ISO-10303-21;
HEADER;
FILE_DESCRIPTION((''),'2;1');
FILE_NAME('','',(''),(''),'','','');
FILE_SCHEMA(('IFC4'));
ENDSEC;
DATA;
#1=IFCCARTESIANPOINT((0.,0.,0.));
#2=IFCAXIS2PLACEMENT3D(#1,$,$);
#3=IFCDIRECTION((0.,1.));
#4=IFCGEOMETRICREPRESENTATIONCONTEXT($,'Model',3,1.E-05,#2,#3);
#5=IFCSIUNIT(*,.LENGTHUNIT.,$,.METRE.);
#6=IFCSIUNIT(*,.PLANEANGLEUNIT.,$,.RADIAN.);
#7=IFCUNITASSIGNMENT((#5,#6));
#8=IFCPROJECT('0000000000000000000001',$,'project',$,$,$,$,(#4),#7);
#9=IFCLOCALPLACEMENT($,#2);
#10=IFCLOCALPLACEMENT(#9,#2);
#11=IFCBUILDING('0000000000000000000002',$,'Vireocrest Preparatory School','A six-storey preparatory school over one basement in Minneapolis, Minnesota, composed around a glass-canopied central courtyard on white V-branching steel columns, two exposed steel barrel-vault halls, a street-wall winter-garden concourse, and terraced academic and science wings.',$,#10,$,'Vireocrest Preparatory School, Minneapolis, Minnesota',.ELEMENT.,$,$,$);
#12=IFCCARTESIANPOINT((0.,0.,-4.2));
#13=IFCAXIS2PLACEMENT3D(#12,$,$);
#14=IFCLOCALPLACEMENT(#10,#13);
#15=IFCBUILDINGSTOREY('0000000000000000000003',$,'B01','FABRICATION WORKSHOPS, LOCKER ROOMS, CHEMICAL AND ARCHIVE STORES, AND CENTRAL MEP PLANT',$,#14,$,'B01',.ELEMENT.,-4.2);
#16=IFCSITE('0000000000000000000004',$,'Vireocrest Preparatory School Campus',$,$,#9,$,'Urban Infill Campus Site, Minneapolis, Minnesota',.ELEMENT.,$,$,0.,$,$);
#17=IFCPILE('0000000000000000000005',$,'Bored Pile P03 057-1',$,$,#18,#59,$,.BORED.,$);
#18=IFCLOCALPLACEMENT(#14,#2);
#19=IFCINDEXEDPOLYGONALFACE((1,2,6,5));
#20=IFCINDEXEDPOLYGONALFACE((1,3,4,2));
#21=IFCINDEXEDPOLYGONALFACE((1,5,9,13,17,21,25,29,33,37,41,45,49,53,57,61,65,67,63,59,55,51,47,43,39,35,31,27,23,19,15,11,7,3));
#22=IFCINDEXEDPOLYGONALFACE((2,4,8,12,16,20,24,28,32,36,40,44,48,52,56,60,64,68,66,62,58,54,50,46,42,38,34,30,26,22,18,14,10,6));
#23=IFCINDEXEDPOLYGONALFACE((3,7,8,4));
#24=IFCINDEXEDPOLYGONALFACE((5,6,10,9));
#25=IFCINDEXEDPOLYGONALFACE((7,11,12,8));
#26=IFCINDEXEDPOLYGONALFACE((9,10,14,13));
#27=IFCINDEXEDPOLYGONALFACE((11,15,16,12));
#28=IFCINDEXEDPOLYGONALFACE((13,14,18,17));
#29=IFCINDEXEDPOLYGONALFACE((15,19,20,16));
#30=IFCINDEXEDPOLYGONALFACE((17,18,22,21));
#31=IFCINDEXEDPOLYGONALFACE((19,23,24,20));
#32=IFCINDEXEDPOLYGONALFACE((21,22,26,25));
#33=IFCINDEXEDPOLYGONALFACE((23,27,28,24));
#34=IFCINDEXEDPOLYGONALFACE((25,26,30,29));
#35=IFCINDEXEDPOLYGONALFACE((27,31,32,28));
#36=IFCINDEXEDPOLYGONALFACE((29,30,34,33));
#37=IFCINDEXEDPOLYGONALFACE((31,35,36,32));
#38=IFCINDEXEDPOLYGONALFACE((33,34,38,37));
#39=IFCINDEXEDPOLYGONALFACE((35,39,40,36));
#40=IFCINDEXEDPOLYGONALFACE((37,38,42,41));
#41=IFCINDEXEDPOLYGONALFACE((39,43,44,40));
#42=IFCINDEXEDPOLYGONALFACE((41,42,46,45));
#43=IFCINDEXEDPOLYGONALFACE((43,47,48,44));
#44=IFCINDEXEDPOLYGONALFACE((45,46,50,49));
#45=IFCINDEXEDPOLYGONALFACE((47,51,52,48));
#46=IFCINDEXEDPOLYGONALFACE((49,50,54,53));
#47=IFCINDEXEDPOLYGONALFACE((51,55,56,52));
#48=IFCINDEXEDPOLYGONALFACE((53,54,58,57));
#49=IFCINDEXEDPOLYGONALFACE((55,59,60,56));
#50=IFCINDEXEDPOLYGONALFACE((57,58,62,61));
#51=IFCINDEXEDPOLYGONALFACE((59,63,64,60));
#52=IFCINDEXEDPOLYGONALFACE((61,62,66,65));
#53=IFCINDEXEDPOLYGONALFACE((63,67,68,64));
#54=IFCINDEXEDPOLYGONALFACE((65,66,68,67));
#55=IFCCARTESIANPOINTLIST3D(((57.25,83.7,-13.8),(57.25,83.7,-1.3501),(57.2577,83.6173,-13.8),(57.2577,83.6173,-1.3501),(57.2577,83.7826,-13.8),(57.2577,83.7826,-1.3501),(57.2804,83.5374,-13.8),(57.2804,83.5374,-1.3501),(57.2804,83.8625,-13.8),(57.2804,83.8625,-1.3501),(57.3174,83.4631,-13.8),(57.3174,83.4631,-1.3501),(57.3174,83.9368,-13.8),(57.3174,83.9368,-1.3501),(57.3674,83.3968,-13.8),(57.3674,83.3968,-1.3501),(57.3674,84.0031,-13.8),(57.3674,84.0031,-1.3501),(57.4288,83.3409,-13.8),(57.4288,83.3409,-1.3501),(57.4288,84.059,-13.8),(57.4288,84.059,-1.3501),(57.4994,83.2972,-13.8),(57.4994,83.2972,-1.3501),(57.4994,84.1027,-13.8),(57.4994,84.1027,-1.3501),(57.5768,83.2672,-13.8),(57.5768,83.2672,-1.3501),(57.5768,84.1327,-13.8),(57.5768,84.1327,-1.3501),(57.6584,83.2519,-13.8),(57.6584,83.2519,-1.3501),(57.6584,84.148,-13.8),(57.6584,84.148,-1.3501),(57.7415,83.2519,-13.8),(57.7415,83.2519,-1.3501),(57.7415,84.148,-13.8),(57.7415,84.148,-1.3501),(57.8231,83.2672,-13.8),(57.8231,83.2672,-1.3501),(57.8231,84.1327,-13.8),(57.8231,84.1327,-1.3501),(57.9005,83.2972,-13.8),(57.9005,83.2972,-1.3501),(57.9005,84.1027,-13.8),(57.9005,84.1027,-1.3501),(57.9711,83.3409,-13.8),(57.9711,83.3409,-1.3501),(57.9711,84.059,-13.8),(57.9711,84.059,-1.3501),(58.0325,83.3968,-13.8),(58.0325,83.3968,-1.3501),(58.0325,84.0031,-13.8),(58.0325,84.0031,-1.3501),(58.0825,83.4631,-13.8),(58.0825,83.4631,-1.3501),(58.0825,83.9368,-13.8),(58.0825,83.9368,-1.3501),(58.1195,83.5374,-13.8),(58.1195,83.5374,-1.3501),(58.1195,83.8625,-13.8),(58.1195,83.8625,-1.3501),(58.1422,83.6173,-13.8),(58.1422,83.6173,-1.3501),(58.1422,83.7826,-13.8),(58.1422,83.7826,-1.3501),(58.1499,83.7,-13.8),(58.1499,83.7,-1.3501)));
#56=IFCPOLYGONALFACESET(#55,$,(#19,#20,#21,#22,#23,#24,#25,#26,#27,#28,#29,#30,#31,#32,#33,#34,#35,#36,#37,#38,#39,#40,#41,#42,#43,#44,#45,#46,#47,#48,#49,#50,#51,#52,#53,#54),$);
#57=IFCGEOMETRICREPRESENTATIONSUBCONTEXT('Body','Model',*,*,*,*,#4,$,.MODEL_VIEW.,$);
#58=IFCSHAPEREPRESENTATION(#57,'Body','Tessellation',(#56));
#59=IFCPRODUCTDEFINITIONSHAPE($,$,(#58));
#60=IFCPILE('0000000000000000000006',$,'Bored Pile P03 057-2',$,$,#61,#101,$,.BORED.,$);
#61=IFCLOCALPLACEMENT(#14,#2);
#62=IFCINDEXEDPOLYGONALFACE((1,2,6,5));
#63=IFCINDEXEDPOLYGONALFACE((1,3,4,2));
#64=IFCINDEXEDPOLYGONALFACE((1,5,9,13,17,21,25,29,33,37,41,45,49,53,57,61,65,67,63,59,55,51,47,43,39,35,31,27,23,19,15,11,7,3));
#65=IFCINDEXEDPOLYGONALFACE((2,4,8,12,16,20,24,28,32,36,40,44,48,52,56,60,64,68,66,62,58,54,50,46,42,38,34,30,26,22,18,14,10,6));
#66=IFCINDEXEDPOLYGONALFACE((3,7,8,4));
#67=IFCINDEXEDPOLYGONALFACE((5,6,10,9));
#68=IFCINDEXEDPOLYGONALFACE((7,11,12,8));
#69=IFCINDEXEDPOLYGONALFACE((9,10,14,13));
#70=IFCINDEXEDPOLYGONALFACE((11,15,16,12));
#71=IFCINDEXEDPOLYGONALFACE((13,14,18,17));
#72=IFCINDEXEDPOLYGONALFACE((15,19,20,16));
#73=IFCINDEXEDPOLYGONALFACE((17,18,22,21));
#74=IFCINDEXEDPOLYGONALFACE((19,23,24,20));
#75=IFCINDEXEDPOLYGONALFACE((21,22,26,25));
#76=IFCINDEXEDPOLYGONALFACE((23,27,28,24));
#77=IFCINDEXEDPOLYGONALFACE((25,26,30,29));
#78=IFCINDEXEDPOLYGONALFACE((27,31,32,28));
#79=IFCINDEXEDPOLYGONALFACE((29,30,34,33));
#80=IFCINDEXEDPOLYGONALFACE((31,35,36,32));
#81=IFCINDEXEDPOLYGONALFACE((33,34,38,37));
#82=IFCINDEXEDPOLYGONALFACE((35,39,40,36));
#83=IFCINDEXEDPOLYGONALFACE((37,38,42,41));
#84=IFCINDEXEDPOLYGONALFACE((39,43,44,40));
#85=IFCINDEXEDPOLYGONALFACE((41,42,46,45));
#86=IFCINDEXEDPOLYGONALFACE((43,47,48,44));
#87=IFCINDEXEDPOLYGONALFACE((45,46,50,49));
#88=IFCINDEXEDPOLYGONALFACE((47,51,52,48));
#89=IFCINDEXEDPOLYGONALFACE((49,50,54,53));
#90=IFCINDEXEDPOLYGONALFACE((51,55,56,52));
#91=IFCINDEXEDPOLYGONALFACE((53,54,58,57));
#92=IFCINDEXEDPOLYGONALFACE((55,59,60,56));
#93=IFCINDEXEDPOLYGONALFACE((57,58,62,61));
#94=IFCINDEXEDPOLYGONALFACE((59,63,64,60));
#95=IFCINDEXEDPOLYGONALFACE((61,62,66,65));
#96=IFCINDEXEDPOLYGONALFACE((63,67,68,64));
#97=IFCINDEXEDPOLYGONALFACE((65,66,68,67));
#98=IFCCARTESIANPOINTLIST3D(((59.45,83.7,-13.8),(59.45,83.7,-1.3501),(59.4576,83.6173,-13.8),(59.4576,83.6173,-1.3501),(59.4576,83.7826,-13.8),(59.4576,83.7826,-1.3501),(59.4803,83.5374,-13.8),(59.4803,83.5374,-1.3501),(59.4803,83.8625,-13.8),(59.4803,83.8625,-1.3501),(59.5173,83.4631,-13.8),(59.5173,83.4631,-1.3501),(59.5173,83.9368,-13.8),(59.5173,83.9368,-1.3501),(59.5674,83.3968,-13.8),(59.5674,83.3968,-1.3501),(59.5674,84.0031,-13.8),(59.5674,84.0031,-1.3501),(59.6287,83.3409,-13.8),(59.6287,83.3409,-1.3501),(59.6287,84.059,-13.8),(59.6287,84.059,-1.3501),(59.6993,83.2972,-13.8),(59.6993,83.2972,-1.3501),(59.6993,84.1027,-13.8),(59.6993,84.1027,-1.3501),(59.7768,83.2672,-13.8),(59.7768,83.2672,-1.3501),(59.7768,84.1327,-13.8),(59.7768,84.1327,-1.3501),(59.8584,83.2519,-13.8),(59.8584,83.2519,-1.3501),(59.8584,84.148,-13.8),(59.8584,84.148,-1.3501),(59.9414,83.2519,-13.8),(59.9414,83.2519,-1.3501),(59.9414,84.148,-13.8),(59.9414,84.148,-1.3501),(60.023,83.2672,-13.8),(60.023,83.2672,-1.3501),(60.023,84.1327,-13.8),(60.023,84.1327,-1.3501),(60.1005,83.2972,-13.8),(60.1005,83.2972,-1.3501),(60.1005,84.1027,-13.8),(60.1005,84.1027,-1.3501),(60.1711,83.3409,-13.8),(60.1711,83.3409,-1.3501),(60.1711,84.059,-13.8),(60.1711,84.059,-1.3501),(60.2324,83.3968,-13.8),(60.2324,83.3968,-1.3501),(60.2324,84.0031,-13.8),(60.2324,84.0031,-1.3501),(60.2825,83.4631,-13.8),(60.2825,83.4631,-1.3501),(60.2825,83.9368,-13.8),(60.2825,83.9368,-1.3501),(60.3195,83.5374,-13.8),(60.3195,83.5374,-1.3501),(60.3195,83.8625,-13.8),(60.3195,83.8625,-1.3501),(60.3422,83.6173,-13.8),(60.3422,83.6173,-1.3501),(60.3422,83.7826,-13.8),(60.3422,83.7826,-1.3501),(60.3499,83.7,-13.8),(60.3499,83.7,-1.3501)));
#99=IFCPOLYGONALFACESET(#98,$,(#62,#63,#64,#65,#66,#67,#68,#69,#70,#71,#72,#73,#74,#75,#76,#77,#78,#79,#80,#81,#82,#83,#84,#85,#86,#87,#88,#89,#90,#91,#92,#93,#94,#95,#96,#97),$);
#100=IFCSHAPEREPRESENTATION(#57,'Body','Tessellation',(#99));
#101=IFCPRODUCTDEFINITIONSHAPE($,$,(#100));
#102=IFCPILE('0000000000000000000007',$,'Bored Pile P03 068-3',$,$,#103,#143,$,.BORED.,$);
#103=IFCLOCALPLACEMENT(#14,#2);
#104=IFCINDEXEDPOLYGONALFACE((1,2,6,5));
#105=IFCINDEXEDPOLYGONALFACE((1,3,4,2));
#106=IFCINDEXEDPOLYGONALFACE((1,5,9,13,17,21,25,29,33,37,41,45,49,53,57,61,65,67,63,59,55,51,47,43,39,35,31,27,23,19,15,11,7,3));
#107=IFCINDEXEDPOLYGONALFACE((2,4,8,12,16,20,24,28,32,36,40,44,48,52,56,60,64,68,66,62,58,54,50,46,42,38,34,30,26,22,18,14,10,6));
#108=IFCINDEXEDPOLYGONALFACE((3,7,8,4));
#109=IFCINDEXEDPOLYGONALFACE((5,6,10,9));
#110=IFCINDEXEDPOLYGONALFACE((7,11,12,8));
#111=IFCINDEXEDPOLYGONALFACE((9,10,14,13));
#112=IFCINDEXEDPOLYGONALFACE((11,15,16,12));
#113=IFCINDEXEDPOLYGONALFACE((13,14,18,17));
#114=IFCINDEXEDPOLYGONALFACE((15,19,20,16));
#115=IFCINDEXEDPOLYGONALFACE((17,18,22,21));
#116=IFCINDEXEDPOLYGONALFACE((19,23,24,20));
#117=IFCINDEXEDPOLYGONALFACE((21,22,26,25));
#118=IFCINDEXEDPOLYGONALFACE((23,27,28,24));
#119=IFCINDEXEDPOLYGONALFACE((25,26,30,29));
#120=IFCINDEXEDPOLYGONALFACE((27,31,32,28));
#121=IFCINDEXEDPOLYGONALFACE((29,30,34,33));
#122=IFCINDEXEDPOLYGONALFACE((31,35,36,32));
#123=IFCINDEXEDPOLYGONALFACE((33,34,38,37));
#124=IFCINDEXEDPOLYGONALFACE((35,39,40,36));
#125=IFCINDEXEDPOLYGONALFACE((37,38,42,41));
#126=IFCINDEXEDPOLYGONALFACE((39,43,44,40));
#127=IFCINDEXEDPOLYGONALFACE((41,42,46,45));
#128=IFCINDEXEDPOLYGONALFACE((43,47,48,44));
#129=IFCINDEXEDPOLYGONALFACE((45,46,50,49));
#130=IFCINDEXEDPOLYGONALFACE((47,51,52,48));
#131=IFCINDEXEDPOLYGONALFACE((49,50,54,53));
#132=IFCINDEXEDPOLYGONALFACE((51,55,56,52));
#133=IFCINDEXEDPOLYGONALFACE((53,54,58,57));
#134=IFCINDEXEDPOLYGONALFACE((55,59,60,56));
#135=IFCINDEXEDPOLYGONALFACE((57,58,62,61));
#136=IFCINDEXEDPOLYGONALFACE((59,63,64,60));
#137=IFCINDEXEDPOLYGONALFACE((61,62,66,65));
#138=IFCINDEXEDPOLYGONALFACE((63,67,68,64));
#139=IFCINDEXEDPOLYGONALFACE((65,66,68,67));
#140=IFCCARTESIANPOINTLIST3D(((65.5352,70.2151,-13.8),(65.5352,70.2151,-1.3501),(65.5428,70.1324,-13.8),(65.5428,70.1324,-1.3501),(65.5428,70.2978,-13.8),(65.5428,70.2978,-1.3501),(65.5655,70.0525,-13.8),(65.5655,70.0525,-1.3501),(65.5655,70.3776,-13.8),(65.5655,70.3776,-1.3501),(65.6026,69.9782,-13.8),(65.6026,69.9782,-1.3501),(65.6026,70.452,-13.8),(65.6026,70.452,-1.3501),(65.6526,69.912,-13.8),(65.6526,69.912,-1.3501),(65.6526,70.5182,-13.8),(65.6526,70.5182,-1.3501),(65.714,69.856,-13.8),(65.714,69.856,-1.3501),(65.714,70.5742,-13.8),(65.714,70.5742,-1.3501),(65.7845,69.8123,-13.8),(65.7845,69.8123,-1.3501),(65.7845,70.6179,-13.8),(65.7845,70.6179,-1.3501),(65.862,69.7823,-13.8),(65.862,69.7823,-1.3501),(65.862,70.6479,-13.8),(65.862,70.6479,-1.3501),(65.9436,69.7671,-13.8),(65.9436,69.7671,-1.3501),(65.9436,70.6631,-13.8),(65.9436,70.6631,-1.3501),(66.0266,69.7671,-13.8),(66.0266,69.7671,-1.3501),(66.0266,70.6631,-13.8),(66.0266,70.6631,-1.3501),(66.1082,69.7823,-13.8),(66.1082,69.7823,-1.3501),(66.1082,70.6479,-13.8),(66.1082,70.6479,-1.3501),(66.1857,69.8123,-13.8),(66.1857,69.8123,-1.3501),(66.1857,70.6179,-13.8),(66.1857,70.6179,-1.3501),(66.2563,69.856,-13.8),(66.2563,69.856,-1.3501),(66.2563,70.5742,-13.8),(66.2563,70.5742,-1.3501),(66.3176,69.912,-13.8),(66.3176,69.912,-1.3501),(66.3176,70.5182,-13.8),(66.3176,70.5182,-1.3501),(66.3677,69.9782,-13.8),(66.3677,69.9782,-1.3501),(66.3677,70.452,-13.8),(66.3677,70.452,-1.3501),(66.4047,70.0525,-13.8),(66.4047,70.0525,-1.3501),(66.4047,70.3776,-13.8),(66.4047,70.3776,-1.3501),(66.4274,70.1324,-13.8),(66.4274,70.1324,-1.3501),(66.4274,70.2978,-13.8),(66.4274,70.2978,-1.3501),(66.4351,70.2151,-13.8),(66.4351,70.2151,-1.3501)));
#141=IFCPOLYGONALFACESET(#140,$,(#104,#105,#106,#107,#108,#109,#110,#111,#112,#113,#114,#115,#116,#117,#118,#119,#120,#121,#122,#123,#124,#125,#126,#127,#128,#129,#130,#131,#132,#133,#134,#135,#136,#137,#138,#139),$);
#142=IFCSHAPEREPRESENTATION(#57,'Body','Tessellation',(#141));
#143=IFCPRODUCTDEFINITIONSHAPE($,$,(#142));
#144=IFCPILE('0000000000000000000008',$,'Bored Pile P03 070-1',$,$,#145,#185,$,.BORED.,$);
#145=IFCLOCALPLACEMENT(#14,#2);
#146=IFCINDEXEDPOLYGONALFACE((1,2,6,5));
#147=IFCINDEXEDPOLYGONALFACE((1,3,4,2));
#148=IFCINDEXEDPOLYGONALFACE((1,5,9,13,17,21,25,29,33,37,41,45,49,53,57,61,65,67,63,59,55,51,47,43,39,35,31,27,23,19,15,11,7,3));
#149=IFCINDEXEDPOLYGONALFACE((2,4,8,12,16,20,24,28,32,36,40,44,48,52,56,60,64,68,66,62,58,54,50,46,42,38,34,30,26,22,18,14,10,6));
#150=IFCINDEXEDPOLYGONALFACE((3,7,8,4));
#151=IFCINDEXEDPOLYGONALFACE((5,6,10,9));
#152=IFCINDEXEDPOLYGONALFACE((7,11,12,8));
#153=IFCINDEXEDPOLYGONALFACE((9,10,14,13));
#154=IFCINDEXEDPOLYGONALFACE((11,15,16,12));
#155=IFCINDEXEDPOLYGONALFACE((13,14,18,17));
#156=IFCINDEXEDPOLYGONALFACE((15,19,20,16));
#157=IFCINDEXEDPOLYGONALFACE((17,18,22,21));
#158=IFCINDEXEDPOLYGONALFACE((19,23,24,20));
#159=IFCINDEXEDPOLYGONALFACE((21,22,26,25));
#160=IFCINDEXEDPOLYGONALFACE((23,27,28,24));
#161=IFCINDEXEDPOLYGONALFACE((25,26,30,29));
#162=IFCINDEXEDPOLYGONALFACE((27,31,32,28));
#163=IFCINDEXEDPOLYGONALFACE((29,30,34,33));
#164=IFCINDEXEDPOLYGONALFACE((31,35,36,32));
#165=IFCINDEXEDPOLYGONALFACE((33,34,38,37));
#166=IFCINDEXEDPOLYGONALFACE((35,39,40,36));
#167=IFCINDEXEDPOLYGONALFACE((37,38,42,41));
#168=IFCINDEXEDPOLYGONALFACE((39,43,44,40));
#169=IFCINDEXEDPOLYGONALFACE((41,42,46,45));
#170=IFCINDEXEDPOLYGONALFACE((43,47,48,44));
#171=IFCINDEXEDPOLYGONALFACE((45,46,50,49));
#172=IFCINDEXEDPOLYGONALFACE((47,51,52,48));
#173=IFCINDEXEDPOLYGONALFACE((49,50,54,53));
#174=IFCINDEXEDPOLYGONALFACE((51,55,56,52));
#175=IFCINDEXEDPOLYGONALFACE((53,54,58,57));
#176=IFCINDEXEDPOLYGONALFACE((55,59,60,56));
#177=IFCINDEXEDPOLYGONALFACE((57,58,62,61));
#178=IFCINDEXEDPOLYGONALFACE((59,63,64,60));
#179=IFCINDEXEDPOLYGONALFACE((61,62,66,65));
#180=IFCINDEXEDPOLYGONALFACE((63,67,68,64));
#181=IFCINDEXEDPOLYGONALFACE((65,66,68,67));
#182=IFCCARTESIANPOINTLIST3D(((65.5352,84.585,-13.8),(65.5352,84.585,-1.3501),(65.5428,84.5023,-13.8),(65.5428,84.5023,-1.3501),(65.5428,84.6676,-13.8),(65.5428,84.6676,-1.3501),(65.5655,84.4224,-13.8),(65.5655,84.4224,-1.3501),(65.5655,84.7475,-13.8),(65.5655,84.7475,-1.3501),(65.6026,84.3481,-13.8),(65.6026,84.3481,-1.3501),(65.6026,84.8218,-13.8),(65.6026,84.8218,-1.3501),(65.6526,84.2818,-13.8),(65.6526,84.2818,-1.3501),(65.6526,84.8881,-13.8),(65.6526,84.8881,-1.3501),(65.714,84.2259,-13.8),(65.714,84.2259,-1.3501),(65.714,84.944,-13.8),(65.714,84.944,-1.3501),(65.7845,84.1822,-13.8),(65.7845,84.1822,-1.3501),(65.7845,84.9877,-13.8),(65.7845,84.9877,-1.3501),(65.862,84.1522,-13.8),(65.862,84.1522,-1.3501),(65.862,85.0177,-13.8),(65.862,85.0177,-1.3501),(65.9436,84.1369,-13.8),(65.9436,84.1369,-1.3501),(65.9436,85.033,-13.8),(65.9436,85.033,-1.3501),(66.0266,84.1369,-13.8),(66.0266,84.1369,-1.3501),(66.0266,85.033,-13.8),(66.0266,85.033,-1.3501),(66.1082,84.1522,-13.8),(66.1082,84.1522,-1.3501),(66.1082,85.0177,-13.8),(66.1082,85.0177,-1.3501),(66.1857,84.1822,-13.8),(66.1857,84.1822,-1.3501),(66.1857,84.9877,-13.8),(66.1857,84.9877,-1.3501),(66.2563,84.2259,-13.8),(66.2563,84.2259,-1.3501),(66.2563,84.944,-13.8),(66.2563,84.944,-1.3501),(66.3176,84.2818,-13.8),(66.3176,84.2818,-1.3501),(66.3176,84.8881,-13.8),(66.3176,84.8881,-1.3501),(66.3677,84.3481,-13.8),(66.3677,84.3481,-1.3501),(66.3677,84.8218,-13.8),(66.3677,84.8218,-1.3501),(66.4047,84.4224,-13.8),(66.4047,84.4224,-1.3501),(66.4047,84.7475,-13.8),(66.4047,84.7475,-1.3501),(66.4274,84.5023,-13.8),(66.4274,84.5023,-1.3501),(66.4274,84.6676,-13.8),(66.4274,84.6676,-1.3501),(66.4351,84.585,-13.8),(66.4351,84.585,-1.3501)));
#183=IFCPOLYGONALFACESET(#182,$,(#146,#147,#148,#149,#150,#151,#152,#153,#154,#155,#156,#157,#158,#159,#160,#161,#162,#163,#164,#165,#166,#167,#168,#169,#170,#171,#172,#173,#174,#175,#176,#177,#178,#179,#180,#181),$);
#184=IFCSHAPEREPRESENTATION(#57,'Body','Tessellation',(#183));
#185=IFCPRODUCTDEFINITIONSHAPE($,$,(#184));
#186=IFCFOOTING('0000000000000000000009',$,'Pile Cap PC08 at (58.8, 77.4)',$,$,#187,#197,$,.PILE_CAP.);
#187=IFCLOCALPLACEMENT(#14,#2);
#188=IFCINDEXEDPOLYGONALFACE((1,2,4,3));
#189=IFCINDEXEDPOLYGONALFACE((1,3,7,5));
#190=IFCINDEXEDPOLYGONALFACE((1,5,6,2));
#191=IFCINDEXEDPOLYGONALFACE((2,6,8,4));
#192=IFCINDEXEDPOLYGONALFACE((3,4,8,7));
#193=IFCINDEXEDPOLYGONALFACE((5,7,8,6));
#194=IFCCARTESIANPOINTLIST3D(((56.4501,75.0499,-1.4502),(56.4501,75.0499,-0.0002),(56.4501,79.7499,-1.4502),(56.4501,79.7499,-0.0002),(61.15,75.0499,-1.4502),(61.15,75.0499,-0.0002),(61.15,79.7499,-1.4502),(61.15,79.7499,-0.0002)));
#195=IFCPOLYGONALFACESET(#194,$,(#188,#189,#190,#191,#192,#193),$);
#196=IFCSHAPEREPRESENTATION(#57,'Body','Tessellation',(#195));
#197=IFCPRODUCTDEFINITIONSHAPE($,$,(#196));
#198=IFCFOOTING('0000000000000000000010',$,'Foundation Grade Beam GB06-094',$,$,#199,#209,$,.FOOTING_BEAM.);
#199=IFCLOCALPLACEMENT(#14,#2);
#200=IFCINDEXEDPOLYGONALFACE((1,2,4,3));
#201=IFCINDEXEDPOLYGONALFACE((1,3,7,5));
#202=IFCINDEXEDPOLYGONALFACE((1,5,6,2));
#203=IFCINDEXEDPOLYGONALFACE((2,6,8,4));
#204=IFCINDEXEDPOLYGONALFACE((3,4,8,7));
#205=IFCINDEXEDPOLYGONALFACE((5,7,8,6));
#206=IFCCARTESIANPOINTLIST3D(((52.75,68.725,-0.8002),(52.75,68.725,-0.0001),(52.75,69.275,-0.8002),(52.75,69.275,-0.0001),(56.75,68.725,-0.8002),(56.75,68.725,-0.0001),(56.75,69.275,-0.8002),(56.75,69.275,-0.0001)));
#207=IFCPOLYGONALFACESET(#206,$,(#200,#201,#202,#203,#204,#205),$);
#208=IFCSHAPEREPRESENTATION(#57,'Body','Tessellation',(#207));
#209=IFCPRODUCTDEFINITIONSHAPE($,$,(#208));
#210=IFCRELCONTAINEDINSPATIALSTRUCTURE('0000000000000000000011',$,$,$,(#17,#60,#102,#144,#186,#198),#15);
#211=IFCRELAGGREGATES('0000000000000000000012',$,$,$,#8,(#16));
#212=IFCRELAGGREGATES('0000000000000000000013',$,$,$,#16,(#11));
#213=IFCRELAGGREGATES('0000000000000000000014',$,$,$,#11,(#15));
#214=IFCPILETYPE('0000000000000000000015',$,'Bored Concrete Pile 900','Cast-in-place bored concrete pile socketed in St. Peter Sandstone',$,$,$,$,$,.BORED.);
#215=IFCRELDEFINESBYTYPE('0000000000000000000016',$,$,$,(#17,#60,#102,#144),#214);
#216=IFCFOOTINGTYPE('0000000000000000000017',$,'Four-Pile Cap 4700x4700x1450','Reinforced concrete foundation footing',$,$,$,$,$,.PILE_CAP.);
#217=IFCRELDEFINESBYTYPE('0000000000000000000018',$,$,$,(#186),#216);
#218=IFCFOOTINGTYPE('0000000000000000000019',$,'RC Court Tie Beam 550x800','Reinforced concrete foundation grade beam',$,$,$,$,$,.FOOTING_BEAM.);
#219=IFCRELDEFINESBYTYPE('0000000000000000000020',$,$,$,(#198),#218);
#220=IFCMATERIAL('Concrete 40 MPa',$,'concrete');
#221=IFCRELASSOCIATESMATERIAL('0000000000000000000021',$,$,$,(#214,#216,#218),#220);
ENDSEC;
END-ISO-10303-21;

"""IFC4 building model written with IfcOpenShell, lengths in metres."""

from ifc_helpers import new_model, si_unit, direction, frame, origin, origin_2d, place, context, subcontext, project, spatial, rectangle, circle, extrude, material, material_profile, profile_set, type_object, element, save


model = new_model("IFC4")

# Units and contexts
model_context = context("Model", 3, precision=1e-05, world=origin(), true_north=direction((0.0, 1.0)))
body_context = subcontext(model_context, "Body", "Model", "MODEL_VIEW")
ifc_project = project(units=[si_unit("LENGTHUNIT", "METRE"), si_unit("PLANEANGLEUNIT", "RADIAN")], contexts=[model_context])

# Site, building, storey
site_placement = place(None, origin())
site = spatial("IfcSite", under=ifc_project, at=site_placement, Name="Vireocrest Preparatory School Campus", LongName="Urban Infill Campus Site, Minneapolis, Minnesota", CompositionType="ELEMENT", RefElevation=0.0)
building_placement = place(site_placement, origin())
building = spatial("IfcBuilding", under=site, at=building_placement, Name="Vireocrest Preparatory School", Description="A six-storey preparatory school over one basement in Minneapolis, Minnesota, composed around a glass-canopied central courtyard on white V-branching steel columns, two exposed steel barrel-vault halls, a street-wall winter-garden concourse, and terraced academic and science wings.", LongName="Vireocrest Preparatory School, Minneapolis, Minnesota", CompositionType="ELEMENT")
storey_placement = place(building_placement, frame((0.0, 0.0, -4.2)))
storey = spatial("IfcBuildingStorey", under=building, at=storey_placement, Name="B01", Description="FABRICATION WORKSHOPS, LOCKER ROOMS, CHEMICAL AND ARCHIVE STORES, AND CENTRAL MEP PLANT", LongName="B01", CompositionType="ELEMENT", Elevation=-4.2)

# Piles
ifc_material_1 = material(Name="Concrete 40 MPa", Category="concrete")
ifc_material_profile_1 = material_profile(ifc_material_1, circle(Radius=0.45, at=origin_2d()), Name="BORED PILE 900")
ifc_profile_set_1 = profile_set([ifc_material_profile_1], Name="Concrete 40 MPa")
pile_type = type_object("IfcPileType", Name="Bored Concrete Pile 900", Description="Cast-in-place bored concrete pile socketed in St. Peter Sandstone", PredefinedType="BORED", material=ifc_profile_set_1)
for number, where, z_axis, x_axis, name in (
    (1, (57.7, 83.7, -1.3501), (0.0, 0.0, -1.0), (1.0, 0.0, 0.0), "Bored Pile P03 057-1"),
    (2, (59.8999, 83.7, -1.3501), (0.0, 0.0, -1.0), (1.0, 0.0, 0.0), "Bored Pile P03 057-2"),
    (3, (65.9851, 70.2151, -1.3501), (0.0, 0.0, -1.0), (1.0, 0.0, 0.0), "Bored Pile P03 068-3"),
    (4, (65.9851, 84.585, -1.3501), (0.0, 0.0, -1.0), (1.0, 0.0, 0.0), "Bored Pile P03 070-1"),
):
    element("IfcPile", number, at=place(storey_placement, frame(where, z_axis=z_axis, x_axis=x_axis)), inside=storey, type_object=pile_type, Name=name, PredefinedType="BORED", context=body_context, shape_type="SweptSolid", body=[
        extrude(circle(Radius=0.45, at=origin_2d()), origin(), (0.0, 0.0, 1.0), 12.45),
    ])

# Footings
footing_type_1 = type_object("IfcFootingType", Name="Four-Pile Cap 4700x4700x1450", Description="Reinforced concrete foundation footing", PredefinedType="PILE_CAP", material=ifc_material_1)
footing_1_placement = place(storey_placement, frame((58.8, 77.3999, -1.4502), z_axis=(0.0, 0.0, 1.0), x_axis=(1.0, 0.0, 0.0)))
element("IfcFooting", 5, at=footing_1_placement, inside=storey, type_object=footing_type_1, Name="Pile Cap PC08 at (58.8, 77.4)", PredefinedType="PILE_CAP", context=body_context, shape_type="SweptSolid", body=[
    extrude(rectangle(XDim=4.7, YDim=4.7, at=origin_2d()), origin(), (0.0, 0.0, 1.0), 1.45),
])
ifc_material_profile_2 = material_profile(ifc_material_1, rectangle(XDim=0.55, YDim=0.8, at=origin_2d()), Name="GB 550x800")
ifc_profile_set_2 = profile_set([ifc_material_profile_2], Name="Concrete 40 MPa")
footing_type_2 = type_object("IfcFootingType", Name="RC Court Tie Beam 550x800", Description="Reinforced concrete foundation grade beam", PredefinedType="FOOTING_BEAM", material=ifc_profile_set_2)
for number, where, z_axis, x_axis, name in (
    (6, (52.75, 69.0, -0.4001), (1.0, 0.0, 0.0), (0.0, 1.0, 0.0), "Foundation Grade Beam GB06-094"),
):
    element("IfcFooting", number, at=place(storey_placement, frame(where, z_axis=z_axis, x_axis=x_axis)), inside=storey, type_object=footing_type_2, Name=name, PredefinedType="FOOTING_BEAM", context=body_context, shape_type="SweptSolid", body=[
        extrude(rectangle(XDim=0.55, YDim=0.8, at=origin_2d()), origin(), (0.0, 0.0, 1.0), 4.0),
    ])

save(model, "model.ifc")
